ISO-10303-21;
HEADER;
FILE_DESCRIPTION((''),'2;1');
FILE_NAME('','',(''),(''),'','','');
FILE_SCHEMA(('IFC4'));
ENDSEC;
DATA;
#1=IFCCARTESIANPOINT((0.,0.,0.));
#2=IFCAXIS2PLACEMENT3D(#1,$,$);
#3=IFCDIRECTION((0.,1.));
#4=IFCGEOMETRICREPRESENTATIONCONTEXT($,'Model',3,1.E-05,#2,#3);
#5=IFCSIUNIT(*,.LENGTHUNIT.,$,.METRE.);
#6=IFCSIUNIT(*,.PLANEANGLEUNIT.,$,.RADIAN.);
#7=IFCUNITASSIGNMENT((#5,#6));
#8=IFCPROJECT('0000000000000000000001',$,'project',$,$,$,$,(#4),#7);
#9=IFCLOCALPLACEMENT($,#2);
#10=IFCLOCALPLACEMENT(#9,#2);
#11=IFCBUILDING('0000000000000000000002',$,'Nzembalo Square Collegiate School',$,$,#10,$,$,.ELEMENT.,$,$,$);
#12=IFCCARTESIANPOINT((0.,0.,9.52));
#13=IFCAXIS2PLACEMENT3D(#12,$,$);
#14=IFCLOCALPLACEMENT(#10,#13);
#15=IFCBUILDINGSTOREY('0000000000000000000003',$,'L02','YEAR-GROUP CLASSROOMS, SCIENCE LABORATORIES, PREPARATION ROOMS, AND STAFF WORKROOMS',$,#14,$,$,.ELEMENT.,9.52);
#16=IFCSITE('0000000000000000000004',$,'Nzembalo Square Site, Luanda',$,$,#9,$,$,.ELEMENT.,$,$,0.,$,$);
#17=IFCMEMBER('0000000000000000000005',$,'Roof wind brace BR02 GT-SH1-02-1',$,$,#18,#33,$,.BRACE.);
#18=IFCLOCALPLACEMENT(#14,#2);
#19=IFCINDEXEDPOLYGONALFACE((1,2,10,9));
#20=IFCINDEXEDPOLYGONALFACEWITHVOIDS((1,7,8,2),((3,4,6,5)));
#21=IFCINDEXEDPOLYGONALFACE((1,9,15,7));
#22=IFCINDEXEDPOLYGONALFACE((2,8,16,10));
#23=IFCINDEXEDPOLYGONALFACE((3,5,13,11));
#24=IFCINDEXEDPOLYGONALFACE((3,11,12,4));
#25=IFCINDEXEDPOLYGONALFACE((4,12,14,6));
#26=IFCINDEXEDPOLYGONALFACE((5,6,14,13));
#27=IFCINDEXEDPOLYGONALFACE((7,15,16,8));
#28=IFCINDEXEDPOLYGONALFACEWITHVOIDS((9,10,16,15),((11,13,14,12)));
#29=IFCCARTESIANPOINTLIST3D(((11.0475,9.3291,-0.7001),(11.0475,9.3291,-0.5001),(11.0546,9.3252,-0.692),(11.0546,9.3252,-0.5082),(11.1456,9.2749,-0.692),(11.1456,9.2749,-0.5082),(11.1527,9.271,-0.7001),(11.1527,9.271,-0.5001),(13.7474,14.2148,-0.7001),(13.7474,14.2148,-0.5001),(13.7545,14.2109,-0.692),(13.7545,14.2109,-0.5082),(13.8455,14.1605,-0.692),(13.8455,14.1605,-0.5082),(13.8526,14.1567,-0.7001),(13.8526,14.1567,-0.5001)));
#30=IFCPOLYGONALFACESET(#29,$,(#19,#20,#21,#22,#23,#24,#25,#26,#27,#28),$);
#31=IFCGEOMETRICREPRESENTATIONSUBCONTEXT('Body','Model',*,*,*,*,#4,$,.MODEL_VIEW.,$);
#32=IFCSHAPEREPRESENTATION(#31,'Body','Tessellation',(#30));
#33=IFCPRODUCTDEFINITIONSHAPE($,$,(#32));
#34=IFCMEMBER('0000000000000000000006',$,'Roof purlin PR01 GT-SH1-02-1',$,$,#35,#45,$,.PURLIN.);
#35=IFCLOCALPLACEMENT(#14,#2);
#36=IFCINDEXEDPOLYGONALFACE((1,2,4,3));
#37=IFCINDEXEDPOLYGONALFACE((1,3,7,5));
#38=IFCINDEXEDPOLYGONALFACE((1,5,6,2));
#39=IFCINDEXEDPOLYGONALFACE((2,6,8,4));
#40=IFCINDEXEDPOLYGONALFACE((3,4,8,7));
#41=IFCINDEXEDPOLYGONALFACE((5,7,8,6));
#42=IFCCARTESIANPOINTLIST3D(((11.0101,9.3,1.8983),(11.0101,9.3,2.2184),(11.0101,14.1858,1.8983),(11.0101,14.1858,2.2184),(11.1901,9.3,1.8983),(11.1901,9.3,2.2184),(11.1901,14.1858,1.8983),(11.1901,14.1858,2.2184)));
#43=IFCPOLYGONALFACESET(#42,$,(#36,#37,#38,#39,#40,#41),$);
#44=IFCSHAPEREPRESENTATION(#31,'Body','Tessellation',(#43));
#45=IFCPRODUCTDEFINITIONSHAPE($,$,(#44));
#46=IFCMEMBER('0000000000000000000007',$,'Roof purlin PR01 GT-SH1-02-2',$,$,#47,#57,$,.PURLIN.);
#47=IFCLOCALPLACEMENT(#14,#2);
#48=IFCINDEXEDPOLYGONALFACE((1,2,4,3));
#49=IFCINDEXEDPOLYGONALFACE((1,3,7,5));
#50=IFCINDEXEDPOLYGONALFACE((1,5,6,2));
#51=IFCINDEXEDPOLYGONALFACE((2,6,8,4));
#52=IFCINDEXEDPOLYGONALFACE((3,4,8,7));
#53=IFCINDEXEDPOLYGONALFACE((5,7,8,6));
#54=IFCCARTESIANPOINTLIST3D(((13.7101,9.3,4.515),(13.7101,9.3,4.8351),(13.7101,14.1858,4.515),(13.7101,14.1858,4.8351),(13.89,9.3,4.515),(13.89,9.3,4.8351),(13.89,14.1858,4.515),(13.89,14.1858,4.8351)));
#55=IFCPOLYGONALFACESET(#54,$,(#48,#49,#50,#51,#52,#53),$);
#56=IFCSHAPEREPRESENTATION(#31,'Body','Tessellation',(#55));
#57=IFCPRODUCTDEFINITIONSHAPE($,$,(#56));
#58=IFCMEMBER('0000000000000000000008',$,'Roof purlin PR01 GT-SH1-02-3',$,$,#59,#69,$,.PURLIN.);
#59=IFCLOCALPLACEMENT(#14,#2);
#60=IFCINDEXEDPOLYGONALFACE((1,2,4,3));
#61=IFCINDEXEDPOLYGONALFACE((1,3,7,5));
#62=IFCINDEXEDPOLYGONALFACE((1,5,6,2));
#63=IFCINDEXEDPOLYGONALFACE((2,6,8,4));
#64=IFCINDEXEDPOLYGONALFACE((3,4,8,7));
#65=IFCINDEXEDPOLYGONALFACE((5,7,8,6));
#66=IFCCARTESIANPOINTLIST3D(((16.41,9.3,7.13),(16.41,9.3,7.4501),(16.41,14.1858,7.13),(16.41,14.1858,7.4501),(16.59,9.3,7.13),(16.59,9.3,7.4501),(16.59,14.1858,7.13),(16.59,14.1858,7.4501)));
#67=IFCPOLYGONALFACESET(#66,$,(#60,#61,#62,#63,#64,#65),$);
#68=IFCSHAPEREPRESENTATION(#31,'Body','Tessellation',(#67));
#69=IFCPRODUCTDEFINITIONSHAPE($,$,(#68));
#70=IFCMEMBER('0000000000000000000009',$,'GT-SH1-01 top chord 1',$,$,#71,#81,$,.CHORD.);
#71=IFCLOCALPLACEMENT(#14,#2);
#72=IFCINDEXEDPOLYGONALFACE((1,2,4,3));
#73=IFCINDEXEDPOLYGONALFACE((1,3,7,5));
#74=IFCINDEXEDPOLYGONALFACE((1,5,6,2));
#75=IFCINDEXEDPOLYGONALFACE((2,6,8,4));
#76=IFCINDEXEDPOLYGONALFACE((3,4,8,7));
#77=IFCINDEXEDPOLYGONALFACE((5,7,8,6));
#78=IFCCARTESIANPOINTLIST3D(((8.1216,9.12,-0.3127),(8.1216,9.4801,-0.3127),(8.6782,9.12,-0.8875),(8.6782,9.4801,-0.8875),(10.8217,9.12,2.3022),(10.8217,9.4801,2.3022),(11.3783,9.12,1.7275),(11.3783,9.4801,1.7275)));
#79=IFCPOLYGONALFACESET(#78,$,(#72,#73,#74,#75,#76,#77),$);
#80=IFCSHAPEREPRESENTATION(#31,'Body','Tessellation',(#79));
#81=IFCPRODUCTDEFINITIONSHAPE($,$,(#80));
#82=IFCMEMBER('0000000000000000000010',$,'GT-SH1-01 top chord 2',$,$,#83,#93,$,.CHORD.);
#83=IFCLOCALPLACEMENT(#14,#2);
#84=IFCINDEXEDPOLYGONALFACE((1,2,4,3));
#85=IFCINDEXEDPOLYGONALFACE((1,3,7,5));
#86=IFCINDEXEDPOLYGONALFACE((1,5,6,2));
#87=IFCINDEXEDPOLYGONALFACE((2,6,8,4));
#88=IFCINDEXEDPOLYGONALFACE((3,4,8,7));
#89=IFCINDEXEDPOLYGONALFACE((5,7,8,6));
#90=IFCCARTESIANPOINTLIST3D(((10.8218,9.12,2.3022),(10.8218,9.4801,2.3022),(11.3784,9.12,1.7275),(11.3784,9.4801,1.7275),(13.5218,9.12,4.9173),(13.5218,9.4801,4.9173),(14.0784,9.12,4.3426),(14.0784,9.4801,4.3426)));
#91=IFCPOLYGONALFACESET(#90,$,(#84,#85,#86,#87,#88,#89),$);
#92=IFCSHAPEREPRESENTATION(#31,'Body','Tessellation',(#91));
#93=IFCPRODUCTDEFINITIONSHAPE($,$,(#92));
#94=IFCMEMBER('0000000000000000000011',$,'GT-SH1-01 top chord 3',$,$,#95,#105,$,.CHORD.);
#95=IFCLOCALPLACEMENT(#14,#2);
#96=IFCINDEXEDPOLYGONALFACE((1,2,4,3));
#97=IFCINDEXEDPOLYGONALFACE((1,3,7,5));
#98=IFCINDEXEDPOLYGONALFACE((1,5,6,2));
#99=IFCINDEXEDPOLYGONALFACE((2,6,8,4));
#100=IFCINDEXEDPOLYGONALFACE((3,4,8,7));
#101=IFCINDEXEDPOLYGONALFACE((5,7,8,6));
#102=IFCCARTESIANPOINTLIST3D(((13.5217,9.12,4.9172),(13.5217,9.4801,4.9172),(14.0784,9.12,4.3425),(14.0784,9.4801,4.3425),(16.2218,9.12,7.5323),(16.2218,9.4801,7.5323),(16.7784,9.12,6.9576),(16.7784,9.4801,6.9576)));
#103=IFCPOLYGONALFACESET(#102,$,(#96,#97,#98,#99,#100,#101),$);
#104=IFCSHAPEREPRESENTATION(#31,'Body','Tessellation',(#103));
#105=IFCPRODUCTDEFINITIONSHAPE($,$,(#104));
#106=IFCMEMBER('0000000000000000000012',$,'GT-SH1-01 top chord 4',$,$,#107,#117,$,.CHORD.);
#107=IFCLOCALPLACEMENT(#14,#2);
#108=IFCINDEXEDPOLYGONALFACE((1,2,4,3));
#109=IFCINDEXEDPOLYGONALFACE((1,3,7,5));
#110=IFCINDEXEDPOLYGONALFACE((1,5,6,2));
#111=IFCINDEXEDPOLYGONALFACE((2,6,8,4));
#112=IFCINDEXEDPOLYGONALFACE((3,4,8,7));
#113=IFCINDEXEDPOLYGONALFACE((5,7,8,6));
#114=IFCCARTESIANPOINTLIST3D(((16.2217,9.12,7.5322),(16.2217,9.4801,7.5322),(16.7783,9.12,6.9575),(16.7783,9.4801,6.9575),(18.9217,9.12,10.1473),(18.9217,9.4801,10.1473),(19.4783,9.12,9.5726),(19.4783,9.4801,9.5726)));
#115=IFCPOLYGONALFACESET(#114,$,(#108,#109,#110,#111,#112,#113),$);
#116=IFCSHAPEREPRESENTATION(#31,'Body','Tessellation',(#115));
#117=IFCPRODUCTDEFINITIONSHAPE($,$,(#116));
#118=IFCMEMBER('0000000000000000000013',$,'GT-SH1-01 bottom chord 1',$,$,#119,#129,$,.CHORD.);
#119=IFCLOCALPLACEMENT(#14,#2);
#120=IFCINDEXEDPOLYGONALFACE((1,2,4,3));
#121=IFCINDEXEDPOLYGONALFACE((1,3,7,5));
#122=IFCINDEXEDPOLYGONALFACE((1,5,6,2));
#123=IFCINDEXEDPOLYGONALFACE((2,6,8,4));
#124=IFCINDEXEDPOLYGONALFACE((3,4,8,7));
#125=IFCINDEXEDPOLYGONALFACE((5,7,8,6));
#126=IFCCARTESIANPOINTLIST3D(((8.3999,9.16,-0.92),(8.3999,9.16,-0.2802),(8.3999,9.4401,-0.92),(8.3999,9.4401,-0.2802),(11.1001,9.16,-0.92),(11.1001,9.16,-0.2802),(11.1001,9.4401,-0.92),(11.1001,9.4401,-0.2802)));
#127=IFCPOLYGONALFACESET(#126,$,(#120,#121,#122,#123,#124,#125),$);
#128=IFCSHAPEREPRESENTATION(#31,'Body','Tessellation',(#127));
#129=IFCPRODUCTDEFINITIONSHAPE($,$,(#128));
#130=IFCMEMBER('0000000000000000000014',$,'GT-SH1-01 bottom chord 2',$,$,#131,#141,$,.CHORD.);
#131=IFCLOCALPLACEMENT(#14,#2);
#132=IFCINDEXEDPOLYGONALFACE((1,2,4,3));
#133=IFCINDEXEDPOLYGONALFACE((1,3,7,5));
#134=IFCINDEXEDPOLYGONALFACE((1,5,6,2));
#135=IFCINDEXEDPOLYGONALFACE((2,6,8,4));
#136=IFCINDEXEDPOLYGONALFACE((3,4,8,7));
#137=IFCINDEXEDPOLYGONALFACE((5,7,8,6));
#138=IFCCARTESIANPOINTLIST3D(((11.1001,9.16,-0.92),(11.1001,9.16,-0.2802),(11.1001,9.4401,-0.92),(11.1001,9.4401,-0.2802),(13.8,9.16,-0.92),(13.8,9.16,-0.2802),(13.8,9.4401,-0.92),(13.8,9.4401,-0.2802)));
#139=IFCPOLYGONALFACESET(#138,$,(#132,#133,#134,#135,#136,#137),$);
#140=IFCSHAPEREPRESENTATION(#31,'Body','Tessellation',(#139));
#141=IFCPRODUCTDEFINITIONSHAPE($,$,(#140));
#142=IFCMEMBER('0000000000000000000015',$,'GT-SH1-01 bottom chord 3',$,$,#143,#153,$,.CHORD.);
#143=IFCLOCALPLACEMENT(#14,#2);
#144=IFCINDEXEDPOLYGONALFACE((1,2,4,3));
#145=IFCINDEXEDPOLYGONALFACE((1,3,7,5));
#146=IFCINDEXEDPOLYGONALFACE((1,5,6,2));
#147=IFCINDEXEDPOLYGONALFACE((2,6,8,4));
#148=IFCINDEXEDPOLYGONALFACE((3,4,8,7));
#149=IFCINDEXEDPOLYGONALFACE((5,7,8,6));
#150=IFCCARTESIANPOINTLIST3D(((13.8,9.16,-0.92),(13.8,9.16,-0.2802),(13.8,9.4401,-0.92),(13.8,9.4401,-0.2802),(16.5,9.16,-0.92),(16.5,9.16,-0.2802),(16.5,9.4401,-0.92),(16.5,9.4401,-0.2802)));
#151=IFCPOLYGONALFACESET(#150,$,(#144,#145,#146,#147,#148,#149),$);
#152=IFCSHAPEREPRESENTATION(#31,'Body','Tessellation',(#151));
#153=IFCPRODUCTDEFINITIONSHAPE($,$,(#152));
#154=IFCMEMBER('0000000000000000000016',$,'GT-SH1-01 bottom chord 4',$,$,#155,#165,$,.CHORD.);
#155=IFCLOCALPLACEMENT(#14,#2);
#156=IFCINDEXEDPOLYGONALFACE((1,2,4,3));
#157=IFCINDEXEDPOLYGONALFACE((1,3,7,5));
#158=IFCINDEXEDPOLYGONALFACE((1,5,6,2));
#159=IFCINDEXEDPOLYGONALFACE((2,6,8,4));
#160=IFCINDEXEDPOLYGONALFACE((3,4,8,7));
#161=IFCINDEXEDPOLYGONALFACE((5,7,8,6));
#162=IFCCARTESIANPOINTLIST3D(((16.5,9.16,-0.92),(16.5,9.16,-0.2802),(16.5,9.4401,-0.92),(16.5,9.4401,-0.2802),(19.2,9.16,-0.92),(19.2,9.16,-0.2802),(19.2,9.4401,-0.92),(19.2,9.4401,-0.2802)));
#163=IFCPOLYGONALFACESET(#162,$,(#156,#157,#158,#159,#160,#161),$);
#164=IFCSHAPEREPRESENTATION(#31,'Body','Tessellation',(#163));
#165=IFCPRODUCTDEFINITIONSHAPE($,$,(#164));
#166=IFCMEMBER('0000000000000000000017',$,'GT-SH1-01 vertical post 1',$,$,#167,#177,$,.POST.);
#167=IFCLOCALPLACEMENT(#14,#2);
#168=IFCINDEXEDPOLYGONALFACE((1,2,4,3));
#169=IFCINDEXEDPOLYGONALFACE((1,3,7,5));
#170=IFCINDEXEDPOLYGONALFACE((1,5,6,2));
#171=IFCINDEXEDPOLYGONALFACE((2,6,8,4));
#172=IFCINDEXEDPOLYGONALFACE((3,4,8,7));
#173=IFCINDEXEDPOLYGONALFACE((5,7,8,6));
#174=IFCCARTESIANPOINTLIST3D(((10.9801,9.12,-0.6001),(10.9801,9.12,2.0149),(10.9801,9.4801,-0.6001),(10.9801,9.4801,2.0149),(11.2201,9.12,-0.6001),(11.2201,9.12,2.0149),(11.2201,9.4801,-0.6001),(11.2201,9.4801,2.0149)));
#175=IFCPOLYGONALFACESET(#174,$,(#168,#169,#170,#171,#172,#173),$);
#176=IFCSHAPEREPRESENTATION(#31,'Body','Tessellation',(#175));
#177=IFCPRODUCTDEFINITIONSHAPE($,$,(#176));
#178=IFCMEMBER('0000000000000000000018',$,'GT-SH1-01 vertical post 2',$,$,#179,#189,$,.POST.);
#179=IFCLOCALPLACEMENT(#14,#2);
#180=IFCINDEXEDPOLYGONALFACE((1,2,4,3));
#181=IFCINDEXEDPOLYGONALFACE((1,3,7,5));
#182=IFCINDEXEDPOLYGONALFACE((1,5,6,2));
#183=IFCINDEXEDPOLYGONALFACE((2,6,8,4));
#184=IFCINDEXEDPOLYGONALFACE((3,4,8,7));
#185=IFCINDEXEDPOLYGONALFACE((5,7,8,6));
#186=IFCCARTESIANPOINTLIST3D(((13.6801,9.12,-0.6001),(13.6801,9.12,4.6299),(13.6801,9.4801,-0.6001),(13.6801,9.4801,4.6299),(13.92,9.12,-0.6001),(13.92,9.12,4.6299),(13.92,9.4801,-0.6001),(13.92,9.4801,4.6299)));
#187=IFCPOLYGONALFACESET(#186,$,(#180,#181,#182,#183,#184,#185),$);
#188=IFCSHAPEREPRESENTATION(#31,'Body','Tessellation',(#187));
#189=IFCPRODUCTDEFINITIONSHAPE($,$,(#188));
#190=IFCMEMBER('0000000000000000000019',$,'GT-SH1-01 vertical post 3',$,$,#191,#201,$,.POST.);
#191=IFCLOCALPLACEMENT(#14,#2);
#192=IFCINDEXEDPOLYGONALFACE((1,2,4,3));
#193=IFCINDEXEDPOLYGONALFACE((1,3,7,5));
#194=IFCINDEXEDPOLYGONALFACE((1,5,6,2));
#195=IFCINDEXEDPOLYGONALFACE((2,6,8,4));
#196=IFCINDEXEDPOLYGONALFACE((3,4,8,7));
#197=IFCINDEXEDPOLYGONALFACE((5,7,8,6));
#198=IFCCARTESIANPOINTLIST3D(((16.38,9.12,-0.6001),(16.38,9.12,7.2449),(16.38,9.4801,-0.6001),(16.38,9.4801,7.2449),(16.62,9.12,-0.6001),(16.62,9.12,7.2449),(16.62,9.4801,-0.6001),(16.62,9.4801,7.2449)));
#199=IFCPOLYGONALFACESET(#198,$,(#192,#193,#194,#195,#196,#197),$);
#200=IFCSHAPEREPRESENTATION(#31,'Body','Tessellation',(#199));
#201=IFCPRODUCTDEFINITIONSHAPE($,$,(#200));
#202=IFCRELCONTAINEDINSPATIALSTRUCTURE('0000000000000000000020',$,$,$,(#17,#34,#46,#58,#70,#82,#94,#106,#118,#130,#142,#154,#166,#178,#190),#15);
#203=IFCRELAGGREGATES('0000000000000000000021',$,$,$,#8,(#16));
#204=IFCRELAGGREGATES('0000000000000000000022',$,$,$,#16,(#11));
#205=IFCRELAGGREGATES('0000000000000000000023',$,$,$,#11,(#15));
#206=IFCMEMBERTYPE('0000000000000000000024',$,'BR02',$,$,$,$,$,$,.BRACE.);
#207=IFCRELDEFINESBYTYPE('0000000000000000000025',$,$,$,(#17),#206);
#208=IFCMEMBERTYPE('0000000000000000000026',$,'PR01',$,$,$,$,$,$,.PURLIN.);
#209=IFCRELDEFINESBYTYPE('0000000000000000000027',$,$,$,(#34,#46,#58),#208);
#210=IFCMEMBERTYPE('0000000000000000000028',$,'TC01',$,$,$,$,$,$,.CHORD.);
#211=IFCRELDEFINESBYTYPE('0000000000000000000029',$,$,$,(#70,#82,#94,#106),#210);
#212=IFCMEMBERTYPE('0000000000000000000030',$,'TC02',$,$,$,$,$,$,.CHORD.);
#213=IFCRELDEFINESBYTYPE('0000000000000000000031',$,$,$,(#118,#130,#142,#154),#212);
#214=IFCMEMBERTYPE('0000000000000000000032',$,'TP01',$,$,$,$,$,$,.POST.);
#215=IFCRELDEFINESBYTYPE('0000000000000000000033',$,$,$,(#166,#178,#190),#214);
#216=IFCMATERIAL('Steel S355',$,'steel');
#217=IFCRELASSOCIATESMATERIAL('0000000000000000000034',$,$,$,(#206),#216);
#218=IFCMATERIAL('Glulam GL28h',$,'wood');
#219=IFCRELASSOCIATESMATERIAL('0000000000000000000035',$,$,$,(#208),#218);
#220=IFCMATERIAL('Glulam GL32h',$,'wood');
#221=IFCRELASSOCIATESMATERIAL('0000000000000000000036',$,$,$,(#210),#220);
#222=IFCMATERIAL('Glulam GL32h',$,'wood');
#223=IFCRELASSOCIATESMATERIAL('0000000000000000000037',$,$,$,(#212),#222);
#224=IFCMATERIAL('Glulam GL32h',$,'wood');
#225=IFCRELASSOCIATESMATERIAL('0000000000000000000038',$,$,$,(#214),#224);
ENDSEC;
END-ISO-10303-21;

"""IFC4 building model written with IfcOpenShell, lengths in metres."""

from ifc_helpers import new_model, si_unit, direction, frame, origin, origin_2d, place, context, subcontext, project, spatial, rectangle, hollow_rectangle, extrude, material, material_profile, profile_set, type_object, element, save


model = new_model("IFC4")

# Units and contexts
model_context = context("Model", 3, precision=1e-05, world=origin(), true_north=direction((0.0, 1.0)))
body_context = subcontext(model_context, "Body", "Model", "MODEL_VIEW")
ifc_project = project(units=[si_unit("LENGTHUNIT", "METRE"), si_unit("PLANEANGLEUNIT", "RADIAN")], contexts=[model_context])

# Site, building, storey
site_placement = place(None, origin())
site = spatial("IfcSite", under=ifc_project, at=site_placement, Name="Nzembalo Square Site, Luanda", CompositionType="ELEMENT", RefElevation=0.0)
building_placement = place(site_placement, origin())
building = spatial("IfcBuilding", under=site, at=building_placement, Name="Nzembalo Square Collegiate School", CompositionType="ELEMENT")
storey_placement = place(building_placement, frame((0.0, 0.0, 9.52)))
storey = spatial("IfcBuildingStorey", under=building, at=storey_placement, Name="L02", Description="YEAR-GROUP CLASSROOMS, SCIENCE LABORATORIES, PREPARATION ROOMS, AND STAFF WORKROOMS", CompositionType="ELEMENT", Elevation=9.52)

# Members
ifc_material_1 = material(Name="Steel S355", Category="steel")
ifc_material_profile_1 = material_profile(ifc_material_1, hollow_rectangle(XDim=0.1201, YDim=0.2, WallThickness=0.0081, at=origin_2d()), Name="RHS 200x120x8")
ifc_profile_set_1 = profile_set([ifc_material_profile_1], Name="Steel S355")
member_type_1 = type_object("IfcMemberType", Name="BR02", PredefinedType="BRACE", material=ifc_profile_set_1)
member_1_placement = place(storey_placement, frame((11.1001, 9.3, -0.6001), z_axis=(0.483677, 0.875246, 0.0), x_axis=(-0.875246, 0.483677, 0.0)))
element("IfcMember", 1, at=member_1_placement, inside=storey, type_object=member_type_1, Name="Roof wind brace BR02 GT-SH1-02-1", PredefinedType="BRACE", context=body_context, shape_type="SweptSolid", body=[
    extrude(hollow_rectangle(XDim=0.1201, YDim=0.2, WallThickness=0.0081, at=origin_2d()), origin(), (0.0, 0.0, 1.0), 5.582),
])
ifc_material_2 = material(Name="Glulam GL28h", Category="wood")
ifc_material_profile_2 = material_profile(ifc_material_2, rectangle(XDim=0.1799, YDim=0.3201, at=origin_2d()), Name="GL28h 180x320")
ifc_profile_set_2 = profile_set([ifc_material_profile_2], Name="Glulam GL28h")
member_type_2 = type_object("IfcMemberType", Name="PR01", PredefinedType="PURLIN", material=ifc_profile_set_2)
for number, where, z_axis, x_axis, name in (
    (2, (11.1001, 9.3, 2.0583), (0.0, 1.0, 0.0), (-1.0, 0.0, 0.0), "Roof purlin PR01 GT-SH1-02-1"),
    (3, (13.8, 9.3, 4.675), (0.0, 1.0, 0.0), (-1.0, 0.0, 0.0), "Roof purlin PR01 GT-SH1-02-2"),
    (4, (16.5, 9.3, 7.29), (0.0, 1.0, 0.0), (-1.0, 0.0, 0.0), "Roof purlin PR01 GT-SH1-02-3"),
):
    element("IfcMember", number, at=place(storey_placement, frame(where, z_axis=z_axis, x_axis=x_axis)), inside=storey, type_object=member_type_2, Name=name, PredefinedType="PURLIN", context=body_context, shape_type="SweptSolid", body=[
        extrude(rectangle(XDim=0.1799, YDim=0.3201, at=origin_2d()), origin(), (0.0, 0.0, 1.0), 4.8857),
    ])
ifc_material_3 = material(Name="Glulam GL32h", Category="wood")
ifc_material_profile_3 = material_profile(ifc_material_3, rectangle(XDim=0.3601, YDim=0.8, at=origin_2d()), Name="GL32h 360x800")
ifc_profile_set_3 = profile_set([ifc_material_profile_3], Name="Glulam GL32h")
member_type_3 = type_object("IfcMemberType", Name="TC01", PredefinedType="CHORD", material=ifc_profile_set_3)
for number, where, z_axis, x_axis, name in (
    (5, (8.3999, 9.3, -0.6001), (0.71835, 0.0, 0.695682), (0.0, 1.0, 0.0), "GT-SH1-01 top chord 1"),
    (6, (11.1001, 9.3, 2.0149), (0.718318, 0.0, 0.695715), (0.0, 1.0, 0.0), "GT-SH1-01 top chord 2"),
    (7, (13.8, 9.3, 4.6299), (0.718318, 0.0, 0.695715), (0.0, 1.0, 0.0), "GT-SH1-01 top chord 3"),
    (8, (16.5, 9.3, 7.2449), (0.718318, 0.0, 0.695715), (0.0, 1.0, 0.0), "GT-SH1-01 top chord 4"),
):
    element("IfcMember", number, at=place(storey_placement, frame(where, z_axis=z_axis, x_axis=x_axis)), inside=storey, type_object=member_type_3, Name=name, PredefinedType="CHORD", context=body_context, shape_type="SweptSolid", body=[
        extrude(rectangle(XDim=0.3601, YDim=0.8, at=origin_2d()), origin(), (0.0, 0.0, 1.0), 3.7588),
    ])
ifc_material_4 = material(Name="Glulam GL32h", Category="wood")
ifc_material_profile_4 = material_profile(ifc_material_4, rectangle(XDim=0.28, YDim=0.6399, at=origin_2d()), Name="GL32h 280x640")
ifc_profile_set_4 = profile_set([ifc_material_profile_4], Name="Glulam GL32h")
member_type_4 = type_object("IfcMemberType", Name="TC02", PredefinedType="CHORD", material=ifc_profile_set_4)
member_2_placement = place(storey_placement, frame((8.3999, 9.3, -0.6001), z_axis=(1.0, 0.0, 0.0), x_axis=(0.0, 1.0, 0.0)))
element("IfcMember", 9, at=member_2_placement, inside=storey, type_object=member_type_4, Name="GT-SH1-01 bottom chord 1", PredefinedType="CHORD", context=body_context, shape_type="SweptSolid", body=[
    extrude(rectangle(XDim=0.28, YDim=0.6399, at=origin_2d()), origin(), (0.0, 0.0, 1.0), 2.7002),
])
for number, where, z_axis, x_axis, name in (
    (10, (11.1001, 9.3, -0.6001), (1.0, 0.0, 0.0), (0.0, 1.0, 0.0), "GT-SH1-01 bottom chord 2"),
    (11, (13.8, 9.3, -0.6001), (1.0, 0.0, 0.0), (0.0, 1.0, 0.0), "GT-SH1-01 bottom chord 3"),
    (12, (16.5, 9.3, -0.6001), (1.0, 0.0, 0.0), (0.0, 1.0, 0.0), "GT-SH1-01 bottom chord 4"),
):
    element("IfcMember", number, at=place(storey_placement, frame(where, z_axis=z_axis, x_axis=x_axis)), inside=storey, type_object=member_type_4, Name=name, PredefinedType="CHORD", context=body_context, shape_type="SweptSolid", body=[
        extrude(rectangle(XDim=0.28, YDim=0.6399, at=origin_2d()), origin(), (0.0, 0.0, 1.0), 2.7),
    ])
ifc_material_5 = material(Name="Glulam GL32h", Category="wood")
ifc_material_profile_5 = material_profile(ifc_material_5, rectangle(XDim=0.24, YDim=0.3601, at=origin_2d()), Name="GL32h 240x360")
ifc_profile_set_5 = profile_set([ifc_material_profile_5], Name="Glulam GL32h")
member_type_5 = type_object("IfcMemberType", Name="TP01", PredefinedType="POST", material=ifc_profile_set_5)
member_3_placement = place(storey_placement, frame((11.1001, 9.3, -0.6001), z_axis=(0.0, 0.0, 1.0), x_axis=(1.0, 0.0, 0.0)))
element("IfcMember", 13, at=member_3_placement, inside=storey, type_object=member_type_5, Name="GT-SH1-01 vertical post 1", PredefinedType="POST", context=body_context, shape_type="SweptSolid", body=[
    extrude(rectangle(XDim=0.24, YDim=0.3601, at=origin_2d()), origin(), (0.0, 0.0, 1.0), 2.615),
])
member_4_placement = place(storey_placement, frame((13.8, 9.3, -0.6001), z_axis=(0.0, 0.0, 1.0), x_axis=(1.0, 0.0, 0.0)))
element("IfcMember", 14, at=member_4_placement, inside=storey, type_object=member_type_5, Name="GT-SH1-01 vertical post 2", PredefinedType="POST", context=body_context, shape_type="SweptSolid", body=[
    extrude(rectangle(XDim=0.24, YDim=0.3601, at=origin_2d()), origin(), (0.0, 0.0, 1.0), 5.23),
])
member_5_placement = place(storey_placement, frame((16.5, 9.3, -0.6001), z_axis=(0.0, 0.0, 1.0), x_axis=(1.0, 0.0, 0.0)))
element("IfcMember", 15, at=member_5_placement, inside=storey, type_object=member_type_5, Name="GT-SH1-01 vertical post 3", PredefinedType="POST", context=body_context, shape_type="SweptSolid", body=[
    extrude(rectangle(XDim=0.24, YDim=0.3601, at=origin_2d()), origin(), (0.0, 0.0, 1.0), 7.845),
])

save(model, "model.ifc")
